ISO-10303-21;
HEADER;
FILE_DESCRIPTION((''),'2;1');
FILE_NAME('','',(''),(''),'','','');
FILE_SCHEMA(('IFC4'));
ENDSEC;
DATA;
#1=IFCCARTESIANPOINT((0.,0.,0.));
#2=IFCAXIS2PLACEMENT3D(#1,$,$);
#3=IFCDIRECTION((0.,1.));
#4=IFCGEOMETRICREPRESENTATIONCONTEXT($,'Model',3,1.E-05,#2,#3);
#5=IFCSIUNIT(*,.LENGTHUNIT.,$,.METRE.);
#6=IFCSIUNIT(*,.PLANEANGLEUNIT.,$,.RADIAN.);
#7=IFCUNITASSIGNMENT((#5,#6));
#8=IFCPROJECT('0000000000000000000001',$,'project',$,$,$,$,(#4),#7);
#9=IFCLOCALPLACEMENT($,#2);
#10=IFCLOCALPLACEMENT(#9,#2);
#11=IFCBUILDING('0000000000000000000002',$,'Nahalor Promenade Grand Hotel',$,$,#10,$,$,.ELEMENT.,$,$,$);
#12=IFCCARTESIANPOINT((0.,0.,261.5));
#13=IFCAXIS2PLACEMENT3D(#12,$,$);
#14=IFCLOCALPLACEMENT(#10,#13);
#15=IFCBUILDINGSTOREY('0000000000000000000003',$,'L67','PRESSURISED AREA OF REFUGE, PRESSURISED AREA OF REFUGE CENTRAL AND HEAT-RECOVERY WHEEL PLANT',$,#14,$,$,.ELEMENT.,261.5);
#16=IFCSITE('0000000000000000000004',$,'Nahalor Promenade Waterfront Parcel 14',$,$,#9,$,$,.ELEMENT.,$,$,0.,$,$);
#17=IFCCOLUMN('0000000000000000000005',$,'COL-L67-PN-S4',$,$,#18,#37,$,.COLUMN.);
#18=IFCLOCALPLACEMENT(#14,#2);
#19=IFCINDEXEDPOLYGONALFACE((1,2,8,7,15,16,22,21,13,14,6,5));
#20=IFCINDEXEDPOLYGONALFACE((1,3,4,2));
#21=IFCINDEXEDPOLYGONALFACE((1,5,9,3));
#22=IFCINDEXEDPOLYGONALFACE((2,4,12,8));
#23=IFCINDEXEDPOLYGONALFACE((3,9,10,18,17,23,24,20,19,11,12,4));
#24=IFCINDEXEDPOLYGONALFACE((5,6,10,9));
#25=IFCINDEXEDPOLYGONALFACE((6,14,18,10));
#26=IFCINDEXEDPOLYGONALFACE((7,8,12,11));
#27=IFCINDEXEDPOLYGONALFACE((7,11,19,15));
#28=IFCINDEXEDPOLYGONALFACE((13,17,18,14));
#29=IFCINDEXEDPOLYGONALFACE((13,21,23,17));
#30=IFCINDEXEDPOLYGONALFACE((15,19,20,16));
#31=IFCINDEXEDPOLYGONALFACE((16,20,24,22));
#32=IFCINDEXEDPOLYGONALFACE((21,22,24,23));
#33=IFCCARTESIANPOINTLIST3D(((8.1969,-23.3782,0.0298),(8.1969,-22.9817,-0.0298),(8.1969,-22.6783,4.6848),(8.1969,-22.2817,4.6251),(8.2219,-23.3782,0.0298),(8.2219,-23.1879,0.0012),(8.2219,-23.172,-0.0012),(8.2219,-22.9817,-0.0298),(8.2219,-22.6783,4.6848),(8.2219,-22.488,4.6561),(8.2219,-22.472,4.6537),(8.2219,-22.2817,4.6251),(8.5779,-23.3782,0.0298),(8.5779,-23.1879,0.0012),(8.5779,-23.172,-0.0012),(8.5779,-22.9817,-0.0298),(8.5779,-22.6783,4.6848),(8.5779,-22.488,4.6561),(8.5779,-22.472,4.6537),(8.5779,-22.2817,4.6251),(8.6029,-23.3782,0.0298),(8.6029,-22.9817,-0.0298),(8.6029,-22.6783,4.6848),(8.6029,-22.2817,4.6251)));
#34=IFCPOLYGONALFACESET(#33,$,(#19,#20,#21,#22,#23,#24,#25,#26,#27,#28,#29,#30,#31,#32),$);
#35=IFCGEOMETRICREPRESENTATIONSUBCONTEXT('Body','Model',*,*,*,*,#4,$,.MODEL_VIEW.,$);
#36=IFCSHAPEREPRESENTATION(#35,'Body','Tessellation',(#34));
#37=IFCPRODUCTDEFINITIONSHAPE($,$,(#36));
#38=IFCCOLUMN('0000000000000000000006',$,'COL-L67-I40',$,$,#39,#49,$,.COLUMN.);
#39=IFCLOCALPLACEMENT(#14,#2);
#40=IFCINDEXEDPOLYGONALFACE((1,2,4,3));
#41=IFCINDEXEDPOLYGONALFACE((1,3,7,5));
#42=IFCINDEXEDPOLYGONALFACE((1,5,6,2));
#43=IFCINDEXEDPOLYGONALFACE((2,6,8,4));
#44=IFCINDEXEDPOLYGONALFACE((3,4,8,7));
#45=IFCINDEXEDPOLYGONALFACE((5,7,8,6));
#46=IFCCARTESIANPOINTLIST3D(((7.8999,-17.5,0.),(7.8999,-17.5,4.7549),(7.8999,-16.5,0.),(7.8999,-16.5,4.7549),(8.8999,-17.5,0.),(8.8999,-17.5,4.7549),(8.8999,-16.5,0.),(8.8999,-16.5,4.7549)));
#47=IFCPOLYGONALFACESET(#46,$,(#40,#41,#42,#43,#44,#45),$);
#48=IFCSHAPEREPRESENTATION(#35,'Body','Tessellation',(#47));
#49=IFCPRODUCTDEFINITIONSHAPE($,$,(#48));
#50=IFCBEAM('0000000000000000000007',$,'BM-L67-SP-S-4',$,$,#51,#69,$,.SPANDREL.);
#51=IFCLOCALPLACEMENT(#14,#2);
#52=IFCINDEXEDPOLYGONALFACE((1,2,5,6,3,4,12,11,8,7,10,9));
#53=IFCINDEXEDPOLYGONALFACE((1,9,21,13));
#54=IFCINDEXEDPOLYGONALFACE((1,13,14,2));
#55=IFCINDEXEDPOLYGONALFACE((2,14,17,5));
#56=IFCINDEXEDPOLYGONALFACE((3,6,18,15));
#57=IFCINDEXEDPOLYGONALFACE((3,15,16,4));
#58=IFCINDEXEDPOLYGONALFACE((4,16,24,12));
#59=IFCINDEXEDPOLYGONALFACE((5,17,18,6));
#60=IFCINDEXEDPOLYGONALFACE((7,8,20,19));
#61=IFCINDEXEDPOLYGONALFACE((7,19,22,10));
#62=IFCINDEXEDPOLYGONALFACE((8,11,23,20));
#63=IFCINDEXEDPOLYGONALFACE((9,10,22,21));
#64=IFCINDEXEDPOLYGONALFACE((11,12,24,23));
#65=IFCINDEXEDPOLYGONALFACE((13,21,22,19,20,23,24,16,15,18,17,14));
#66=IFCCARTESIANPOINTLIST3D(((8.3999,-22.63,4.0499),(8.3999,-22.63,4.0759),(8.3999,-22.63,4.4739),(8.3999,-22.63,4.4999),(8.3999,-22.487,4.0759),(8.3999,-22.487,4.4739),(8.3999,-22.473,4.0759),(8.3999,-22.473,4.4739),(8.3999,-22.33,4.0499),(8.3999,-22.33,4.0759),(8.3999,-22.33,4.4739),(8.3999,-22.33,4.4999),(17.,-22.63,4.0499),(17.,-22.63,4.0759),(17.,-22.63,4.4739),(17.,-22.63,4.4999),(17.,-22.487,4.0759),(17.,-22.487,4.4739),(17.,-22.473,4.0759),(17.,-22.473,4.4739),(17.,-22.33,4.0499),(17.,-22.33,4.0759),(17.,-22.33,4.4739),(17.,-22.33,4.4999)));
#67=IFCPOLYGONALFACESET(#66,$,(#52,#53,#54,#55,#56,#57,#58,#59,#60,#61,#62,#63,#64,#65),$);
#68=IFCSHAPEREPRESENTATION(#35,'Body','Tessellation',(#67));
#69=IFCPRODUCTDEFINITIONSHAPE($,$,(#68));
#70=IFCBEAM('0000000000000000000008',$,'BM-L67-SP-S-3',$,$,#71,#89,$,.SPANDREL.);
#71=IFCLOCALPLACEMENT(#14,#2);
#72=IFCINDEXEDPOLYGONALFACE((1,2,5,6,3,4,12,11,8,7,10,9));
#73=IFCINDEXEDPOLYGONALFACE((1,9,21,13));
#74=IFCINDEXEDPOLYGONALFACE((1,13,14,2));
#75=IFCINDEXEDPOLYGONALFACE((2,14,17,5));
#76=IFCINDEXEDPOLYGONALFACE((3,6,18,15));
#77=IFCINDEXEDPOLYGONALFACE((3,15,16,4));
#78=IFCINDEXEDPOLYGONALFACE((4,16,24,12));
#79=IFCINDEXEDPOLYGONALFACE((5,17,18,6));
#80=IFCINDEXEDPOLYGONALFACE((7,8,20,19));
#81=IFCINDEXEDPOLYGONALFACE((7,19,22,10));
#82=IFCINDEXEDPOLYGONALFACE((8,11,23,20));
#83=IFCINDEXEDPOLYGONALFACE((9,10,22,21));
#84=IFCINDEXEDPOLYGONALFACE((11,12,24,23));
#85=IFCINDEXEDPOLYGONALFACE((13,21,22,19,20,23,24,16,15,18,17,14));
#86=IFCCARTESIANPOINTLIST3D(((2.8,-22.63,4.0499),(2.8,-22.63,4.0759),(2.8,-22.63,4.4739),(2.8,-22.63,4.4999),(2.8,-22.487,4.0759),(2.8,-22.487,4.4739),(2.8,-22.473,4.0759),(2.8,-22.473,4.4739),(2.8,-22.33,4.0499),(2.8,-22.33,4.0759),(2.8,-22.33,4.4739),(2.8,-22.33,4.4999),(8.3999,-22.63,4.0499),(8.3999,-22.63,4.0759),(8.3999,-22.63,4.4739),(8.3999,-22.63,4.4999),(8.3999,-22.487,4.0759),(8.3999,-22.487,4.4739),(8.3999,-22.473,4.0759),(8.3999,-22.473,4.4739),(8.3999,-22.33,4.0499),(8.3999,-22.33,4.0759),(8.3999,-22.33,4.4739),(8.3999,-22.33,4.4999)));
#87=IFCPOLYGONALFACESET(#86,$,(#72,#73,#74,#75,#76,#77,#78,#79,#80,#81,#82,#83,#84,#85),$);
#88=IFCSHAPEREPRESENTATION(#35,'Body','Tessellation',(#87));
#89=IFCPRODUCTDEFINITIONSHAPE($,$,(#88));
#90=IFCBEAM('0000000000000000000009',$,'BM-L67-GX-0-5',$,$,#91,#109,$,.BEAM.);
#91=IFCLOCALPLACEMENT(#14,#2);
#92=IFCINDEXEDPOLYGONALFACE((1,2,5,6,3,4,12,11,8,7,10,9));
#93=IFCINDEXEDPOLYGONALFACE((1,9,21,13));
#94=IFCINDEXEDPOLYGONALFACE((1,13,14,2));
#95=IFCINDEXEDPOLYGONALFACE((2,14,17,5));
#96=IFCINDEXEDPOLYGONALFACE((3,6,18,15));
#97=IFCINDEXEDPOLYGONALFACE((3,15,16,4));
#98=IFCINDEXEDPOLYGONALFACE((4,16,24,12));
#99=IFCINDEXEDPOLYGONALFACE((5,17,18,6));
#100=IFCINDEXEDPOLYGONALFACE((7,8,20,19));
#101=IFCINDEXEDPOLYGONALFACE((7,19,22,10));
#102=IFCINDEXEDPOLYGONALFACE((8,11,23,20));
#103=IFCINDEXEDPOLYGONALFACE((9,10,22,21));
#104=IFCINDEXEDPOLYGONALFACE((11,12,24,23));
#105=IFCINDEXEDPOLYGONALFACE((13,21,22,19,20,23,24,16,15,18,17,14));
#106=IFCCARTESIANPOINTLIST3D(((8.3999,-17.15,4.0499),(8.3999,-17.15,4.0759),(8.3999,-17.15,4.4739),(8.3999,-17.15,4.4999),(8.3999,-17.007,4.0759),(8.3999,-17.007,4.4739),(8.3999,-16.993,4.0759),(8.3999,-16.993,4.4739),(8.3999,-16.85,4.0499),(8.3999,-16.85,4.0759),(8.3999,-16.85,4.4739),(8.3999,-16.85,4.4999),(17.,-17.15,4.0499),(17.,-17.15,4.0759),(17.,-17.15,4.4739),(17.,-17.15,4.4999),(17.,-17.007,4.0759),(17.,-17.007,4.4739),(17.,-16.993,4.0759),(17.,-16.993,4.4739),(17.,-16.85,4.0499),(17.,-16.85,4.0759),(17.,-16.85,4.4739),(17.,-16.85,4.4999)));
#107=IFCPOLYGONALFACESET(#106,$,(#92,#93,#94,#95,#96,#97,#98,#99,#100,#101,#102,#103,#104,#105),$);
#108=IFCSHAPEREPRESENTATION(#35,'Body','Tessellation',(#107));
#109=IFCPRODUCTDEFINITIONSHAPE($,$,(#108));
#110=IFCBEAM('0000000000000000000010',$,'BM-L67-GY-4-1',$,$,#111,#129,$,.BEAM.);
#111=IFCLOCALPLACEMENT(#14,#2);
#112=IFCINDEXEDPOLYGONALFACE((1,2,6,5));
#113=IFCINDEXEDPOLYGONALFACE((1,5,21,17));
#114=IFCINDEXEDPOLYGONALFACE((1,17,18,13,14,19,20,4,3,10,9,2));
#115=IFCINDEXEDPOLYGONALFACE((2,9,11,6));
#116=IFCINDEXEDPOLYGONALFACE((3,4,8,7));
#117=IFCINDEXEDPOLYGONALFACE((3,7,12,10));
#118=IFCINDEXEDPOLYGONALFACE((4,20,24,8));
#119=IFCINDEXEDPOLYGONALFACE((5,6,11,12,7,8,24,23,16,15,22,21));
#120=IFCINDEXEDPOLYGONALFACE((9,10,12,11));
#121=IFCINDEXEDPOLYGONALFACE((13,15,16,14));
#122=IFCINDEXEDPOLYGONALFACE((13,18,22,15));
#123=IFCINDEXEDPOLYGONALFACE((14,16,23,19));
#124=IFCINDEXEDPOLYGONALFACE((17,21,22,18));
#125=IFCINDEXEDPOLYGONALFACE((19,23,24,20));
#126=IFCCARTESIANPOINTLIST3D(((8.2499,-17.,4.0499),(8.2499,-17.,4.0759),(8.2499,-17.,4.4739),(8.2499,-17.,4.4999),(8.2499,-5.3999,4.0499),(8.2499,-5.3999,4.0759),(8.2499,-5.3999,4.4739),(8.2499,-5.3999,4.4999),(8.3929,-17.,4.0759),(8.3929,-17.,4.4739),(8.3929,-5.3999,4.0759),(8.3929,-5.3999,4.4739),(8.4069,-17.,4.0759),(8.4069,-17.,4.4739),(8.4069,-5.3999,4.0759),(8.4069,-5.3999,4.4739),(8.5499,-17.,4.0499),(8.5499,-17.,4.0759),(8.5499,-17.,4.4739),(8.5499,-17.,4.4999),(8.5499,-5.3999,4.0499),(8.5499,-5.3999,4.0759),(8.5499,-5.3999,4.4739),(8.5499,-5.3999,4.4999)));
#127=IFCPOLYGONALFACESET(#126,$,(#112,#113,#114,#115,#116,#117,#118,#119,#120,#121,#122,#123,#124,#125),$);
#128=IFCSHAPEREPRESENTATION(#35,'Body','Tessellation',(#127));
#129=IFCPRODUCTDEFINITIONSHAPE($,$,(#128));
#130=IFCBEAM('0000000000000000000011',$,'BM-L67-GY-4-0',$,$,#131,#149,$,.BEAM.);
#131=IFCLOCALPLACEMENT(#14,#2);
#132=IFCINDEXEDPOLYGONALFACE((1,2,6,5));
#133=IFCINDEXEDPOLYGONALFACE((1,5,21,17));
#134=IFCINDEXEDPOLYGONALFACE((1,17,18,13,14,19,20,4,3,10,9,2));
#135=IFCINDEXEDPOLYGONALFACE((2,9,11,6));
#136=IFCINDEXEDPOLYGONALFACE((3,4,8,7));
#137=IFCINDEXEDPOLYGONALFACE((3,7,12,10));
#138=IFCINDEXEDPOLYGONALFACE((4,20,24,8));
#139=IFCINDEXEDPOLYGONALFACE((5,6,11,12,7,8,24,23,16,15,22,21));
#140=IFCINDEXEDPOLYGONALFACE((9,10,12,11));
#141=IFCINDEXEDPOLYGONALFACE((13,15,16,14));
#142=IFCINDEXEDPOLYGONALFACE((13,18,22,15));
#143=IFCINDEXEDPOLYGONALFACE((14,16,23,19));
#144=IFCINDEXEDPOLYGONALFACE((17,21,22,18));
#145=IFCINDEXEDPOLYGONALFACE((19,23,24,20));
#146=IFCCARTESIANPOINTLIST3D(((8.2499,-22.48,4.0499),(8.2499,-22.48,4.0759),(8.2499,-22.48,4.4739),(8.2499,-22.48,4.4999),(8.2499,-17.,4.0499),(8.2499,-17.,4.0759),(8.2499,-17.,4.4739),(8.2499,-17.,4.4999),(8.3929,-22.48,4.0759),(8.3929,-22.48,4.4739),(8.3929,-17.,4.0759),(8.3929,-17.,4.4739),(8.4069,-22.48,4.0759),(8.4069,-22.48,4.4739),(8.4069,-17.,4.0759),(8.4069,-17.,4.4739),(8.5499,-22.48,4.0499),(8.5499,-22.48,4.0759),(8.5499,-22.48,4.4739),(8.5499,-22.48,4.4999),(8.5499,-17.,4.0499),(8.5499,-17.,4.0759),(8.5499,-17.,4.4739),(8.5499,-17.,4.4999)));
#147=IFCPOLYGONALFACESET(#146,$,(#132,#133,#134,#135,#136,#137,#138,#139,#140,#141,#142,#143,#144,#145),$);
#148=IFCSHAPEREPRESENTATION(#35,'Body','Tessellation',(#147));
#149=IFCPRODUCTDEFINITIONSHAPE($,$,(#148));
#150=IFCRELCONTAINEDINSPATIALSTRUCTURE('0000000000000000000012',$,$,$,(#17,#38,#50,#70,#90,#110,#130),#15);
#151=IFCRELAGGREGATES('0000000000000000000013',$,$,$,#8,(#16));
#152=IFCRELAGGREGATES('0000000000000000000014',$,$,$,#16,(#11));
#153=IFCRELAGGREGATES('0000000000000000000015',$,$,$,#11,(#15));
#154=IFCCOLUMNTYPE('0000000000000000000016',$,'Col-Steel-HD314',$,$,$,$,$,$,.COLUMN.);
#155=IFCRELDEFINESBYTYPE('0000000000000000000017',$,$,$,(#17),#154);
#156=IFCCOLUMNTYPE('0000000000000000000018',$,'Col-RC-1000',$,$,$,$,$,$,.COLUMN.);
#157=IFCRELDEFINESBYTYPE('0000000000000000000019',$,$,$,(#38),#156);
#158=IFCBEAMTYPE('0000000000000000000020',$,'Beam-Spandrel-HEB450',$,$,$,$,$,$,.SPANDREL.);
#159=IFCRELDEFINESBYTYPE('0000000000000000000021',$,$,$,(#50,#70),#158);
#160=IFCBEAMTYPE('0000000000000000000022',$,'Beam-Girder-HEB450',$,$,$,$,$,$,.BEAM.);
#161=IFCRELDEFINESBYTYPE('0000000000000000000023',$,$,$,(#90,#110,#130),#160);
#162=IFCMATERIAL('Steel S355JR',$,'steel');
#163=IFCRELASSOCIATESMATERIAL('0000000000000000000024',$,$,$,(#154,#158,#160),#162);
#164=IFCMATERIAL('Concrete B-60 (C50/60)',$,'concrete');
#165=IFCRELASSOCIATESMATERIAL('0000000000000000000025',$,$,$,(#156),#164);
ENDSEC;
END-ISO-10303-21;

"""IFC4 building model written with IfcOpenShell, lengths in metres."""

from ifc_helpers import new_model, si_unit, direction, frame, origin, origin_2d, place, context, subcontext, project, spatial, rectangle, i_section, extrude, source, transform, mapped, material, material_profile, profile_set, type_object, element, save


model = new_model("IFC4")

# Units and contexts
model_context = context("Model", 3, precision=1e-05, world=origin(), true_north=direction((0.0, 1.0)))
body_context = subcontext(model_context, "Body", "Model", "MODEL_VIEW")
ifc_project = project(units=[si_unit("LENGTHUNIT", "METRE"), si_unit("PLANEANGLEUNIT", "RADIAN")], contexts=[model_context])

# Site, building, storey
site_placement = place(None, origin())
site = spatial("IfcSite", under=ifc_project, at=site_placement, Name="Nahalor Promenade Waterfront Parcel 14", CompositionType="ELEMENT", RefElevation=0.0)
building_placement = place(site_placement, origin())
building = spatial("IfcBuilding", under=site, at=building_placement, Name="Nahalor Promenade Grand Hotel", CompositionType="ELEMENT")
storey_placement = place(building_placement, frame((0.0, 0.0, 261.5)))
storey = spatial("IfcBuildingStorey", under=building, at=storey_placement, Name="L67", Description="PRESSURISED AREA OF REFUGE, PRESSURISED AREA OF REFUGE CENTRAL AND HEAT-RECOVERY WHEEL PLANT", CompositionType="ELEMENT", Elevation=261.5)

# Columns
ifc_material_1 = material(Name="Steel S355JR", Category="steel")
ifc_material_profile_1 = material_profile(ifc_material_1, i_section(OverallWidth=0.401, OverallDepth=0.406, WebThickness=0.0161, FlangeThickness=0.025, at=origin_2d()), Name="HD 400x314")
ifc_profile_set_1 = profile_set([ifc_material_profile_1], Name="Steel S355JR")
column_type_1 = type_object("IfcColumnType", Name="Col-Steel-HD314", PredefinedType="COLUMN", material=ifc_profile_set_1)
shared_shape_1 = source(origin(), body_context, "Body", "SweptSolid", [
    extrude(i_section(OverallWidth=0.401, OverallDepth=0.406, WebThickness=0.0161, FlangeThickness=0.025, at=origin_2d()), origin(), (0.0, 0.0, 1.0), 4.7073),
])
column_1_placement = place(storey_placement, frame((8.3999, -23.1799, 0.0), z_axis=(0.0, 0.148693, 0.988883), x_axis=(0.0, -0.988883, 0.148693)))
element("IfcColumn", 1, at=column_1_placement, inside=storey, type_object=column_type_1, Name="COL-L67-PN-S4", PredefinedType="COLUMN", context=body_context, shape_type="MappedRepresentation", body=[
    mapped(shared_shape_1, transform((0.0, 0.0, 0.0), scale=1.0)),
])
ifc_material_2 = material(Name="Concrete B-60 (C50/60)", Category="concrete")
ifc_material_profile_2 = material_profile(ifc_material_2, rectangle(XDim=1.0, YDim=1.0, at=origin_2d()), Name="RC 1000x1000")
ifc_profile_set_2 = profile_set([ifc_material_profile_2], Name="Concrete B-60 (C50/60)")
column_type_2 = type_object("IfcColumnType", Name="Col-RC-1000", PredefinedType="COLUMN", material=ifc_profile_set_2)
shared_shape_2 = source(origin(), body_context, "Body", "SweptSolid", [
    extrude(rectangle(XDim=1.0, YDim=1.0, at=origin_2d()), origin(), (0.0, 0.0, 1.0), 4.7549),
])
column_2_placement = place(storey_placement, frame((8.3999, -17.0, 0.0), z_axis=(0.0, 0.0, 1.0), x_axis=(1.0, 0.0, 0.0)))
element("IfcColumn", 2, at=column_2_placement, inside=storey, type_object=column_type_2, Name="COL-L67-I40", PredefinedType="COLUMN", context=body_context, shape_type="MappedRepresentation", body=[
    mapped(shared_shape_2, transform((0.0, 0.0, 0.0), scale=1.0)),
])

# Beams
ifc_material_profile_3 = material_profile(ifc_material_1, i_section(OverallWidth=0.3, OverallDepth=0.45, WebThickness=0.014, FlangeThickness=0.026, at=origin_2d()), Name="HEB 450")
ifc_profile_set_3 = profile_set([ifc_material_profile_3], Name="Steel S355JR")
beam_type_1 = type_object("IfcBeamType", Name="Beam-Spandrel-HEB450", PredefinedType="SPANDREL", material=ifc_profile_set_3)
shared_shape_3 = source(origin(), body_context, "Body", "SweptSolid", [
    extrude(i_section(OverallWidth=0.3, OverallDepth=0.45, WebThickness=0.014, FlangeThickness=0.026, at=origin_2d()), origin(), (0.0, 0.0, 1.0), 8.6001),
])
beam_1_placement = place(storey_placement, frame((8.3999, -22.48, 4.2749), z_axis=(1.0, 0.0, 0.0), x_axis=(0.0, 1.0, 0.0)))
element("IfcBeam", 3, at=beam_1_placement, inside=storey, type_object=beam_type_1, Name="BM-L67-SP-S-4", PredefinedType="SPANDREL", context=body_context, shape_type="MappedRepresentation", body=[
    mapped(shared_shape_3, transform((0.0, 0.0, 0.0), scale=1.0)),
])
shared_shape_4 = source(origin(), body_context, "Body", "SweptSolid", [
    extrude(i_section(OverallWidth=0.3, OverallDepth=0.45, WebThickness=0.014, FlangeThickness=0.026, at=origin_2d()), origin(), (0.0, 0.0, 1.0), 5.5999),
])
beam_2_placement = place(storey_placement, frame((2.8, -22.48, 4.2749), z_axis=(1.0, 0.0, 0.0), x_axis=(0.0, 1.0, 0.0)))
element("IfcBeam", 4, at=beam_2_placement, inside=storey, type_object=beam_type_1, Name="BM-L67-SP-S-3", PredefinedType="SPANDREL", context=body_context, shape_type="MappedRepresentation", body=[
    mapped(shared_shape_4, transform((0.0, 0.0, 0.0), scale=1.0)),
])
ifc_material_profile_4 = material_profile(ifc_material_1, i_section(OverallWidth=0.3, OverallDepth=0.45, WebThickness=0.014, FlangeThickness=0.026, at=origin_2d()), Name="HEB 450")
ifc_profile_set_4 = profile_set([ifc_material_profile_4], Name="Steel S355JR")
beam_type_2 = type_object("IfcBeamType", Name="Beam-Girder-HEB450", PredefinedType="BEAM", material=ifc_profile_set_4)
shared_shape_5 = source(origin(), body_context, "Body", "SweptSolid", [
    extrude(i_section(OverallWidth=0.3, OverallDepth=0.45, WebThickness=0.014, FlangeThickness=0.026, at=origin_2d()), origin(), (0.0, 0.0, 1.0), 8.6001),
])
beam_3_placement = place(storey_placement, frame((8.3999, -17.0, 4.2749), z_axis=(1.0, 0.0, 0.0), x_axis=(0.0, 1.0, 0.0)))
element("IfcBeam", 5, at=beam_3_placement, inside=storey, type_object=beam_type_2, Name="BM-L67-GX-0-5", PredefinedType="BEAM", context=body_context, shape_type="MappedRepresentation", body=[
    mapped(shared_shape_5, transform((0.0, 0.0, 0.0), scale=1.0)),
])
shared_shape_6 = source(origin(), body_context, "Body", "SweptSolid", [
    extrude(i_section(OverallWidth=0.3, OverallDepth=0.45, WebThickness=0.014, FlangeThickness=0.026, at=origin_2d()), origin(), (0.0, 0.0, 1.0), 11.6001),
])
beam_4_placement = place(storey_placement, frame((8.3999, -17.0, 4.2749), z_axis=(0.0, 1.0, 0.0), x_axis=(-1.0, 0.0, 0.0)))
element("IfcBeam", 6, at=beam_4_placement, inside=storey, type_object=beam_type_2, Name="BM-L67-GY-4-1", PredefinedType="BEAM", context=body_context, shape_type="MappedRepresentation", body=[
    mapped(shared_shape_6, transform((0.0, 0.0, 0.0), scale=1.0)),
])
shared_shape_7 = source(origin(), body_context, "Body", "SweptSolid", [
    extrude(i_section(OverallWidth=0.3, OverallDepth=0.45, WebThickness=0.014, FlangeThickness=0.026, at=origin_2d()), origin(), (0.0, 0.0, 1.0), 5.48),
])
beam_5_placement = place(storey_placement, frame((8.3999, -22.48, 4.2749), z_axis=(0.0, 1.0, 0.0), x_axis=(-1.0, 0.0, 0.0)))
element("IfcBeam", 7, at=beam_5_placement, inside=storey, type_object=beam_type_2, Name="BM-L67-GY-4-0", PredefinedType="BEAM", context=body_context, shape_type="MappedRepresentation", body=[
    mapped(shared_shape_7, transform((0.0, 0.0, 0.0), scale=1.0)),
])

save(model, "model.ifc")
